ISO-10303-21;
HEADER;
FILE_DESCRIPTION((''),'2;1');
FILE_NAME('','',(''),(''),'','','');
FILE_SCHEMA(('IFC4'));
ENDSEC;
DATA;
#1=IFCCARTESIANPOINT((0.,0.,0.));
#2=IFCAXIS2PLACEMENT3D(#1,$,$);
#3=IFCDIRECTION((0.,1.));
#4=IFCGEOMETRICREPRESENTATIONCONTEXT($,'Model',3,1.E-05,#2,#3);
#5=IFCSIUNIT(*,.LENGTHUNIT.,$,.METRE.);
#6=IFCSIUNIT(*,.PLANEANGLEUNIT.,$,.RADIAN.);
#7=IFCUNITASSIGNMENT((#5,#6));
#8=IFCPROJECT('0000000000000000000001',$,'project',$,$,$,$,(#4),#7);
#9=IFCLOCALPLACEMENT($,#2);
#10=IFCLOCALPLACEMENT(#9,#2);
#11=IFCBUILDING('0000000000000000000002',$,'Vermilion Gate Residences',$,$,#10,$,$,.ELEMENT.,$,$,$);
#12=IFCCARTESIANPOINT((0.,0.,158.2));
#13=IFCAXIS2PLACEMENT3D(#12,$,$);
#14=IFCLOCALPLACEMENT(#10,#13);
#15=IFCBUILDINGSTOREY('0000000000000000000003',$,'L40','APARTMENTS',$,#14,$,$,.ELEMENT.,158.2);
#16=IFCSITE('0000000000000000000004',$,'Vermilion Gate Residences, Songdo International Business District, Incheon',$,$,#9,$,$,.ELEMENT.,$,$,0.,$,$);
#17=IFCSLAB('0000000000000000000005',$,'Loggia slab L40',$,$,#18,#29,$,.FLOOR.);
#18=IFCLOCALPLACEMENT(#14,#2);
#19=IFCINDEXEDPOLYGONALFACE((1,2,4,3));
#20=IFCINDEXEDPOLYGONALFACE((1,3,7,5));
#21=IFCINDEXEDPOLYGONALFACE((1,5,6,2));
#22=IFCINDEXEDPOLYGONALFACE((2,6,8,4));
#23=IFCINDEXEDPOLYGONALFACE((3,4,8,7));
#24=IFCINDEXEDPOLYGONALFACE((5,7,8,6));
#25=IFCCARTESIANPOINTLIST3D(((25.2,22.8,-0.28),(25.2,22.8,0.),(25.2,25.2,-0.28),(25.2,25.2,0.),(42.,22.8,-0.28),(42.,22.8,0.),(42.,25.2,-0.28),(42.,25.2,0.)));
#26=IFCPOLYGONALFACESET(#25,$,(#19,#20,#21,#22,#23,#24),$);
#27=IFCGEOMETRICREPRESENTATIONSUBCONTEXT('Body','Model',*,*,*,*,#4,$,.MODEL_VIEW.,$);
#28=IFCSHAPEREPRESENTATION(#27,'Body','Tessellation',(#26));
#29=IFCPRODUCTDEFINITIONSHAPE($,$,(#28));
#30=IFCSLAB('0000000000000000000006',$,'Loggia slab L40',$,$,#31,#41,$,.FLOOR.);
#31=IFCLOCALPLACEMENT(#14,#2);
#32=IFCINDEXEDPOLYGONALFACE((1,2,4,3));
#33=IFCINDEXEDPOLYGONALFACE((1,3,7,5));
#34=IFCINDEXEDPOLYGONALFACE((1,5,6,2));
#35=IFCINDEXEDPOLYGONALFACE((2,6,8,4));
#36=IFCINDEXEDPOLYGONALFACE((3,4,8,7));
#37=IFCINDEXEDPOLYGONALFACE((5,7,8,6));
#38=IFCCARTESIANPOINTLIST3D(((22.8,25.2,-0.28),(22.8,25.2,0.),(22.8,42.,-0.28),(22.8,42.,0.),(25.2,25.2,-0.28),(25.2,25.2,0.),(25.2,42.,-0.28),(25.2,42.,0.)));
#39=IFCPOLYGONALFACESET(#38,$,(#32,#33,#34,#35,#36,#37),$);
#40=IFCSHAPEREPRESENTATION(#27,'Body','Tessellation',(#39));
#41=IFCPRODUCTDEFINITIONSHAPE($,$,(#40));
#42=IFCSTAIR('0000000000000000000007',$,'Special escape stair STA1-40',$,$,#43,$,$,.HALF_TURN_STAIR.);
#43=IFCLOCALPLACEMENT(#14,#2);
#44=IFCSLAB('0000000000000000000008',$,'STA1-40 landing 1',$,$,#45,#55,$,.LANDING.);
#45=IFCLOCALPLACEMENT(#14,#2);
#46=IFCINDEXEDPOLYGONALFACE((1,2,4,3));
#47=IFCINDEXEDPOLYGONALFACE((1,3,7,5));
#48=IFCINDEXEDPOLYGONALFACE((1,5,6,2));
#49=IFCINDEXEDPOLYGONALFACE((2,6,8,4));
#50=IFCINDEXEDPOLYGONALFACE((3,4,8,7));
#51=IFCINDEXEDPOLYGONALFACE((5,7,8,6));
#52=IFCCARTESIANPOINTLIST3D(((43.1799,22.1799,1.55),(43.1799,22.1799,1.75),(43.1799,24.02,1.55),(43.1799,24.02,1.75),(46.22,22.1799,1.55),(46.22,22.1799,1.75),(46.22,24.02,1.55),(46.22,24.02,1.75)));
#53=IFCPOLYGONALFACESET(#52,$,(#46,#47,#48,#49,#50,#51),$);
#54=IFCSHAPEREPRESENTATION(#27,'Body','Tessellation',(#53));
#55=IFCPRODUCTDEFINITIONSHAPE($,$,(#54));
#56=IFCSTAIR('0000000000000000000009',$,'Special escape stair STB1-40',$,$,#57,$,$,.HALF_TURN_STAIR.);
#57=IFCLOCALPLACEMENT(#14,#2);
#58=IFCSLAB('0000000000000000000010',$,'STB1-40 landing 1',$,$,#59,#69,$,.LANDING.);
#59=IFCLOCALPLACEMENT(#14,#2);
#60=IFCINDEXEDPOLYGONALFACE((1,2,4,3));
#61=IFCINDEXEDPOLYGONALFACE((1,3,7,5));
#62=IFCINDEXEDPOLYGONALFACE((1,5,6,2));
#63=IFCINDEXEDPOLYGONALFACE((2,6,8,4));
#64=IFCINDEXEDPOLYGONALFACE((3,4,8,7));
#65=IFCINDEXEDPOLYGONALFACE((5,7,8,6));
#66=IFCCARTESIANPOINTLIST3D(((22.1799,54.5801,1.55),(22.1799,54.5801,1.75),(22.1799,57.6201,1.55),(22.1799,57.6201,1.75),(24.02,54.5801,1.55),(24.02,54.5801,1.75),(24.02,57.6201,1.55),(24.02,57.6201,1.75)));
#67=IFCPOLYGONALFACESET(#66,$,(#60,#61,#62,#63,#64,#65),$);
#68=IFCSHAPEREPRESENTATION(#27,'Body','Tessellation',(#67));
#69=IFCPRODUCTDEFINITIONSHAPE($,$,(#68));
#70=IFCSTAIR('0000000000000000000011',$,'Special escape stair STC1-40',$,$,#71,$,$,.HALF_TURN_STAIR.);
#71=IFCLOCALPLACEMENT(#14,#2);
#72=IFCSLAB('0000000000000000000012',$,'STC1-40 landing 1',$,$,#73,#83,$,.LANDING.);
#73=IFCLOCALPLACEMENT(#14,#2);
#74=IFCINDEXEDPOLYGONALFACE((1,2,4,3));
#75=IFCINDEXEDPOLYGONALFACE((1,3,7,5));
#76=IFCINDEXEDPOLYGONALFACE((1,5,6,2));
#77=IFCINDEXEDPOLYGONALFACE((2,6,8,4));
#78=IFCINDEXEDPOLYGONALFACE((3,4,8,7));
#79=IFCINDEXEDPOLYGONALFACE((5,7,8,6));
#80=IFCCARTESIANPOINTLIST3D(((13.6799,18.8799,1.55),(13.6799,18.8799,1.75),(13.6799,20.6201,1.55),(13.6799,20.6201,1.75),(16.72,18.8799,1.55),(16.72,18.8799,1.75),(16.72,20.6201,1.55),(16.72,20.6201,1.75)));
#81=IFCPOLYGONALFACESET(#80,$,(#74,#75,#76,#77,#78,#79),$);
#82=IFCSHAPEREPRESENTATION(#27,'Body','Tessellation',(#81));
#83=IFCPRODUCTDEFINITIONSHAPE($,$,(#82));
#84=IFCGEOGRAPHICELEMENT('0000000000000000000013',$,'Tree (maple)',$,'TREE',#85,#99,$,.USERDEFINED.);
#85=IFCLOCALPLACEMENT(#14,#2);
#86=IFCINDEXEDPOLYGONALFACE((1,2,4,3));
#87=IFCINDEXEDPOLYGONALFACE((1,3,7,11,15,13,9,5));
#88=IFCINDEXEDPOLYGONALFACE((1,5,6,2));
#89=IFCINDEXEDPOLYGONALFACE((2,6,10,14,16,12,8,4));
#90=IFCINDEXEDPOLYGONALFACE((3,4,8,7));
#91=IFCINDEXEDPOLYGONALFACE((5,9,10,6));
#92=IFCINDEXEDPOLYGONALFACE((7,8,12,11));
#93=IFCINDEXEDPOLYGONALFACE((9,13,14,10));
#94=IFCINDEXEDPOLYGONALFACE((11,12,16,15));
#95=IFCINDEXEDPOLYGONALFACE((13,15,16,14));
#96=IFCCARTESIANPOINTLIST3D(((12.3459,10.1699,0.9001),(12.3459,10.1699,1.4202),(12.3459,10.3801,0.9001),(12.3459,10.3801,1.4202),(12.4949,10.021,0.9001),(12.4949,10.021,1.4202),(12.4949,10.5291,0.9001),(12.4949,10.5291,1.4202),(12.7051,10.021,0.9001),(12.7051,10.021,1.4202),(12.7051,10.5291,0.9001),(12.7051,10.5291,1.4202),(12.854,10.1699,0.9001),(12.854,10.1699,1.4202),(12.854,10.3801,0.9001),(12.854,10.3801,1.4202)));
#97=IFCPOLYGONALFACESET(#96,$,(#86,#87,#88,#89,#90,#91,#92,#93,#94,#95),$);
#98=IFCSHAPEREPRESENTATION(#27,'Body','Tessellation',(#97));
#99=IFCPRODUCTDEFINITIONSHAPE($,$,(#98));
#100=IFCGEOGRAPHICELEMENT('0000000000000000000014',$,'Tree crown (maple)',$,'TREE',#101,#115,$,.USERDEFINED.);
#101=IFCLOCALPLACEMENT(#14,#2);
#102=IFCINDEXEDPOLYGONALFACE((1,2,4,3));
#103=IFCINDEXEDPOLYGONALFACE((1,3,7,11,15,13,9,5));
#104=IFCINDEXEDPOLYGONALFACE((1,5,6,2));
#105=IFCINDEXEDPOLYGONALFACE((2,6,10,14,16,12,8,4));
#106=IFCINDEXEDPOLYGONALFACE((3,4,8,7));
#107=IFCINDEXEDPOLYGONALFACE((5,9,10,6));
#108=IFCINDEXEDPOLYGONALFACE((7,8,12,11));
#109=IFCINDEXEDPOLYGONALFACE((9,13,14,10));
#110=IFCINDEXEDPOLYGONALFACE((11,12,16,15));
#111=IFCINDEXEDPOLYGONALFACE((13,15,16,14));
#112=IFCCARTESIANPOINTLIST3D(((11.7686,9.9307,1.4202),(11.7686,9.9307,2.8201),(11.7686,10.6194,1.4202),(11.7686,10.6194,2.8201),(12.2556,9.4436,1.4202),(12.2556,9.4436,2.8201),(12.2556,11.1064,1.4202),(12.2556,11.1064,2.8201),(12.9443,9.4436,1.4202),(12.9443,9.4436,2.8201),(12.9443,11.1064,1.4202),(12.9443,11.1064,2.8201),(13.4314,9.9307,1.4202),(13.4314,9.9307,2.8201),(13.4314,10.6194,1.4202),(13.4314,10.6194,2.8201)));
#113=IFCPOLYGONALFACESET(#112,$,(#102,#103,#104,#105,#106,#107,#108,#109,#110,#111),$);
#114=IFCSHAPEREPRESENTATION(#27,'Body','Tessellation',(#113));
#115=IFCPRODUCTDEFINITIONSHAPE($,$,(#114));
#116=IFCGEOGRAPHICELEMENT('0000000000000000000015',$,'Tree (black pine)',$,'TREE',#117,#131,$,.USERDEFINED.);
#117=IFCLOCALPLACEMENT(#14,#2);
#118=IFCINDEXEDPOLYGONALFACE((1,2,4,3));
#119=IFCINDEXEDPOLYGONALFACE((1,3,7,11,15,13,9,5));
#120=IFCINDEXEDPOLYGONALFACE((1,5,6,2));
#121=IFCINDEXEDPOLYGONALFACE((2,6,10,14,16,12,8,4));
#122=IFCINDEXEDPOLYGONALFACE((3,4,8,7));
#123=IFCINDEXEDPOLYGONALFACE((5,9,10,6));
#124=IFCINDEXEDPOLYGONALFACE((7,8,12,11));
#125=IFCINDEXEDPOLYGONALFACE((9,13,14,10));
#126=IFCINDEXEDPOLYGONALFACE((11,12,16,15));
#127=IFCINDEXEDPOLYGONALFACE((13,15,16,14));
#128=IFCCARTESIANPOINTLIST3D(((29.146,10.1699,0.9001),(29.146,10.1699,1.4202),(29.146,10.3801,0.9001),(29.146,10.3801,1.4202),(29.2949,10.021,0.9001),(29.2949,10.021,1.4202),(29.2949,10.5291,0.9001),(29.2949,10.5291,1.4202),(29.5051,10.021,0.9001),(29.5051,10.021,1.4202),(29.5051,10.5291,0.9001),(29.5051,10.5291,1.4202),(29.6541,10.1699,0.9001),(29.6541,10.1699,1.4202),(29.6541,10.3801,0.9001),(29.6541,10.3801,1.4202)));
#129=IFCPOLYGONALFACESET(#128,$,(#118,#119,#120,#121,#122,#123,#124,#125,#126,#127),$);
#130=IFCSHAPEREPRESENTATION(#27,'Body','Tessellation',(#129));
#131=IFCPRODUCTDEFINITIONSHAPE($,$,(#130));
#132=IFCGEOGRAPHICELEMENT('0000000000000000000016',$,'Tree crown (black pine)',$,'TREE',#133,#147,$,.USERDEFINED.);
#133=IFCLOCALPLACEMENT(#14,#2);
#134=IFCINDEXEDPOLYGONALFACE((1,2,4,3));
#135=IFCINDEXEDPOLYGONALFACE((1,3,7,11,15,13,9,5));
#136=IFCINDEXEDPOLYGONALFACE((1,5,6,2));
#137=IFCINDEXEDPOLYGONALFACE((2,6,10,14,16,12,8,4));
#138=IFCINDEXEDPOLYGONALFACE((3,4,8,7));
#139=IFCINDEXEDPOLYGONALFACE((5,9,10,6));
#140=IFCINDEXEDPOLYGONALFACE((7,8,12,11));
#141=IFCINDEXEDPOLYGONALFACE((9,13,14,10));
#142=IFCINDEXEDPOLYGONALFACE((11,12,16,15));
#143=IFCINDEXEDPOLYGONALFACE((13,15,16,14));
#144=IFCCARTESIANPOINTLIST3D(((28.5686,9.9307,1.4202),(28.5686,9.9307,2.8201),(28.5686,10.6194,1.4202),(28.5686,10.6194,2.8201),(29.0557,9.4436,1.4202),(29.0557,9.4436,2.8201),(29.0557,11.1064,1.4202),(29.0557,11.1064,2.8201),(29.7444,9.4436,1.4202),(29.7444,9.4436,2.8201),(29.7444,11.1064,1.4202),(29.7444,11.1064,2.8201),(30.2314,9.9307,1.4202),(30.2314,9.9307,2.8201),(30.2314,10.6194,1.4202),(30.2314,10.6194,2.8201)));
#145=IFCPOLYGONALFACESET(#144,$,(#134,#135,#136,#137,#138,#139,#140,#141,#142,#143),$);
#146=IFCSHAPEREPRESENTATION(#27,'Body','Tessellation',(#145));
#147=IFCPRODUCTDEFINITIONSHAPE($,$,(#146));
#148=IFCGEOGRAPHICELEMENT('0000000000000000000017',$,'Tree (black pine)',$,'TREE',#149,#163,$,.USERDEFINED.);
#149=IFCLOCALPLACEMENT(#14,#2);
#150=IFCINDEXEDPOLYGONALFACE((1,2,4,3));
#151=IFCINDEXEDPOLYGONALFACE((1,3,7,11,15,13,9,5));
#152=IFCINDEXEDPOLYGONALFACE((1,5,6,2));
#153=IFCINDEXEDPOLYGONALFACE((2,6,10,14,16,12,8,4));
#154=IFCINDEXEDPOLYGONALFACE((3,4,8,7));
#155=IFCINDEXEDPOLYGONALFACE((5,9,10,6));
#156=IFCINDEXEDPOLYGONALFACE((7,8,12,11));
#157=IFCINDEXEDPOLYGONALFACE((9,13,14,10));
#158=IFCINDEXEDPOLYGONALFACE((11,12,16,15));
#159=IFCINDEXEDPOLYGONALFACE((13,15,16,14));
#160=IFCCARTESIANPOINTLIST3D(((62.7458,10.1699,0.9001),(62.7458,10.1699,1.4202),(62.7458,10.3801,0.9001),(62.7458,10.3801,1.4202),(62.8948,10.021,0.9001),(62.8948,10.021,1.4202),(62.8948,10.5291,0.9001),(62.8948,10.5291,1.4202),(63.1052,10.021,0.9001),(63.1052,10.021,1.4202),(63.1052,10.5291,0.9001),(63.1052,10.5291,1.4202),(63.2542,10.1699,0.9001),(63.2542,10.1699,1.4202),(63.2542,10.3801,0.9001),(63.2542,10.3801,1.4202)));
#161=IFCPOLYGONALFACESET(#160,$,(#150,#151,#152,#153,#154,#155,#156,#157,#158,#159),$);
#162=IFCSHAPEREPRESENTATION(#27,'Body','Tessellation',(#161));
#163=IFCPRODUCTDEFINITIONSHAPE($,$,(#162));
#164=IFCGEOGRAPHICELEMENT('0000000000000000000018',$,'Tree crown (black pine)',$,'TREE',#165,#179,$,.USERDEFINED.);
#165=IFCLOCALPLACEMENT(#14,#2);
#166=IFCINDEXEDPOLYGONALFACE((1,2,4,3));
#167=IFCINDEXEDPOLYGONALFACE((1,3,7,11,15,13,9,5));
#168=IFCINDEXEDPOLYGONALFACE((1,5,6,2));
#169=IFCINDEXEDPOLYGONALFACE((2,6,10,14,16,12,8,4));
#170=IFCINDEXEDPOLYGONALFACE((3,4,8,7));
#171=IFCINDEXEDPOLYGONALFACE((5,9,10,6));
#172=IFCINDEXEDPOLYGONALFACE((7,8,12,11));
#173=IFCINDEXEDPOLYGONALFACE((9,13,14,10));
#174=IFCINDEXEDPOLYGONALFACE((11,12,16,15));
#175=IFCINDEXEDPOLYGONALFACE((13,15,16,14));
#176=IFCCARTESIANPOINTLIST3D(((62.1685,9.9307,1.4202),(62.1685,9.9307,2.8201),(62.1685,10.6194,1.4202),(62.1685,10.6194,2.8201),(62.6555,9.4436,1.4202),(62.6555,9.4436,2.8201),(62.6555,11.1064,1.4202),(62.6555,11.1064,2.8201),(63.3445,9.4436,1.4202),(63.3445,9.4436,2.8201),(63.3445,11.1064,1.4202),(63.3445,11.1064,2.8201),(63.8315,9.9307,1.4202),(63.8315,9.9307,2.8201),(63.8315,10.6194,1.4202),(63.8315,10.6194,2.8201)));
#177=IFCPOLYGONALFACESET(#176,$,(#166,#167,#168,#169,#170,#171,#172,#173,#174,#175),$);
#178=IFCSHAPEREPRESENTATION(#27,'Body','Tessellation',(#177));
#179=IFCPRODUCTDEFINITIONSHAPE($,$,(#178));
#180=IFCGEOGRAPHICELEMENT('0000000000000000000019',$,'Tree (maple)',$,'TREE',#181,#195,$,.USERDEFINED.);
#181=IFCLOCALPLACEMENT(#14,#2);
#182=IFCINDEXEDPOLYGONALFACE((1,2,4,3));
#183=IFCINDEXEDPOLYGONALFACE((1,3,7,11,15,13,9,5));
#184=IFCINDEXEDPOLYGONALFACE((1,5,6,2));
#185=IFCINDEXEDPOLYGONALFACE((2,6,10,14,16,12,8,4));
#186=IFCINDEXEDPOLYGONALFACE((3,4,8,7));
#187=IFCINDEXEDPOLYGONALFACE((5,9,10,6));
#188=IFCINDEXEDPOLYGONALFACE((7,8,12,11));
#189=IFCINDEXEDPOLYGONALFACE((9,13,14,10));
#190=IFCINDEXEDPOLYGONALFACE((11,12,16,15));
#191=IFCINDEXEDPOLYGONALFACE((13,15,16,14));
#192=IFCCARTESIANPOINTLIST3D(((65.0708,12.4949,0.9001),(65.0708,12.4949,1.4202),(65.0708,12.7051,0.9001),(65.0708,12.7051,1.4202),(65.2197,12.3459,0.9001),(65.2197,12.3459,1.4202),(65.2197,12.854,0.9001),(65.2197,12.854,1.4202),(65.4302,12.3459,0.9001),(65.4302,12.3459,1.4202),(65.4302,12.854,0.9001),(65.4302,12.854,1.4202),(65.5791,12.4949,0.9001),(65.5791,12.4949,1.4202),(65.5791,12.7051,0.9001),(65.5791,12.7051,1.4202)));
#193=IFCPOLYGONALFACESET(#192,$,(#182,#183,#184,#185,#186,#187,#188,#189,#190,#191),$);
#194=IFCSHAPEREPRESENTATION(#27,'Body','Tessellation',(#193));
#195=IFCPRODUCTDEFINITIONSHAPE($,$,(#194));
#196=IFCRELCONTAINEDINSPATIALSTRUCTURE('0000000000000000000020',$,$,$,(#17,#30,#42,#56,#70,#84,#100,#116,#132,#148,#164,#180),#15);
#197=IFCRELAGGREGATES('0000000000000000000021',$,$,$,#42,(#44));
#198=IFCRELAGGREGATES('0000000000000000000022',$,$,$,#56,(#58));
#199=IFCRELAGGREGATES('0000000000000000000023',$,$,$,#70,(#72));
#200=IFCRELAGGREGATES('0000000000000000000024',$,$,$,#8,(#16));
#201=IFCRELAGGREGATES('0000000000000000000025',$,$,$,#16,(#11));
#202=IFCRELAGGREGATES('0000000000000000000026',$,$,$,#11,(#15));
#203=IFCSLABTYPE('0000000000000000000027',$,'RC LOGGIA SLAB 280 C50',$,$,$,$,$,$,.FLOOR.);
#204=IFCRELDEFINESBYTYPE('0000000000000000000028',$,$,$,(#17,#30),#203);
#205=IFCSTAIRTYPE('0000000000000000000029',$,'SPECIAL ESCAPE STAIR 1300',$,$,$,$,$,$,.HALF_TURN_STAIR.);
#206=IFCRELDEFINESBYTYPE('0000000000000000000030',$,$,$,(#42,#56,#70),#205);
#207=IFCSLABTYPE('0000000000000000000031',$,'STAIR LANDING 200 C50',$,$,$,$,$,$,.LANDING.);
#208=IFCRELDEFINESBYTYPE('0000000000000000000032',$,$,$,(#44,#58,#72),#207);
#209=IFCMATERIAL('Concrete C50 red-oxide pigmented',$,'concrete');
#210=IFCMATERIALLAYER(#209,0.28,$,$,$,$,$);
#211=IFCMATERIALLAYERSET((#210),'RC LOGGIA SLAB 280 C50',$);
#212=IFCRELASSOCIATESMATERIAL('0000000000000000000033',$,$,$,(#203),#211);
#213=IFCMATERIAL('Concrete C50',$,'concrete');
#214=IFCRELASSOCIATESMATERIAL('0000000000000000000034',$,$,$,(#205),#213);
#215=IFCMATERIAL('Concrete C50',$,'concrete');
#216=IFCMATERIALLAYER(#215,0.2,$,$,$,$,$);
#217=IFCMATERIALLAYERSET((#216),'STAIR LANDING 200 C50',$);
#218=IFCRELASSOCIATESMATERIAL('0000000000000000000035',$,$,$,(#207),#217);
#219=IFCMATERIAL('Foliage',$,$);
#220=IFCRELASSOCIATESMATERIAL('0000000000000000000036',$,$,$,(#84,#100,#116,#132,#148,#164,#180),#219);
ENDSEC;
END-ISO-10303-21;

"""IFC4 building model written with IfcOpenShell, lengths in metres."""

from ifc_helpers import new_model, si_unit, direction, frame, origin, place, context, subcontext, project, spatial, polyline, outline, extrude, material, layer, layer_set, type_object, element, aggregate, save


model = new_model("IFC4")

# Units and contexts
model_context = context("Model", 3, precision=1e-05, world=origin(), true_north=direction((0.0, 1.0)))
body_context = subcontext(model_context, "Body", "Model", "MODEL_VIEW")
ifc_project = project(units=[si_unit("LENGTHUNIT", "METRE"), si_unit("PLANEANGLEUNIT", "RADIAN")], contexts=[model_context])

# Site, building, storey
site_placement = place(None, origin())
site = spatial("IfcSite", under=ifc_project, at=site_placement, Name="Vermilion Gate Residences, Songdo International Business District, Incheon", CompositionType="ELEMENT", RefElevation=0.0)
building_placement = place(site_placement, origin())
building = spatial("IfcBuilding", under=site, at=building_placement, Name="Vermilion Gate Residences", CompositionType="ELEMENT")
storey_placement = place(building_placement, frame((0.0, 0.0, 158.2)))
storey = spatial("IfcBuildingStorey", under=building, at=storey_placement, Name="L40", Description="APARTMENTS", CompositionType="ELEMENT", Elevation=158.2)

# Slabs
ifc_material_1 = material(Name="Concrete C50 red-oxide pigmented", Category="concrete")
ifc_layer_1 = layer(ifc_material_1, 0.28)
ifc_layer_set_1 = layer_set([ifc_layer_1], Name="RC LOGGIA SLAB 280 C50")
slab_type_1 = type_object("IfcSlabType", Name="RC LOGGIA SLAB 280 C50", PredefinedType="FLOOR", material=ifc_layer_set_1)
slab_1_placement = place(storey_placement, frame((0.0, 0.0, -0.28)))
element("IfcSlab", 1, at=slab_1_placement, inside=storey, type_object=slab_type_1, Name="Loggia slab L40", PredefinedType="FLOOR", context=body_context, shape_type="SweptSolid", body=[
    extrude(outline(polyline([(42.0, 25.2), (25.2, 25.2), (25.2, 22.8), (42.0, 22.8), (42.0, 25.2)])), origin(), (0.0, 0.0, 1.0), 0.28),
])
slab_2_placement = place(storey_placement, frame((0.0, 0.0, -0.28)))
element("IfcSlab", 2, at=slab_2_placement, inside=storey, type_object=slab_type_1, Name="Loggia slab L40", PredefinedType="FLOOR", context=body_context, shape_type="SweptSolid", body=[
    extrude(outline(polyline([(22.8, 42.0), (22.8, 25.2), (25.2, 25.2), (25.2, 42.0), (22.8, 42.0)])), origin(), (0.0, 0.0, 1.0), 0.28),
])

# Stairs, slabs
ifc_material_2 = material(Name="Concrete C50", Category="concrete")
stair_type = type_object("IfcStairType", Name="SPECIAL ESCAPE STAIR 1300", PredefinedType="HALF_TURN_STAIR", material=ifc_material_2)
stair_1_placement = place(storey_placement, origin())
stair_1 = element("IfcStair", 3, at=stair_1_placement, inside=storey, type_object=stair_type, Name="Special escape stair STA1-40", PredefinedType="HALF_TURN_STAIR")
ifc_material_3 = material(Name="Concrete C50", Category="concrete")
ifc_layer_2 = layer(ifc_material_3, 0.2)
ifc_layer_set_2 = layer_set([ifc_layer_2], Name="STAIR LANDING 200 C50")
slab_type_2 = type_object("IfcSlabType", Name="STAIR LANDING 200 C50", PredefinedType="LANDING", material=ifc_layer_set_2)
slab_3_placement = place(storey_placement, frame((0.0, 0.0, 1.55)))
slab_3 = element("IfcSlab", 4, at=slab_3_placement, type_object=slab_type_2, Name="STA1-40 landing 1", PredefinedType="LANDING", context=body_context, shape_type="SweptSolid", body=[
    extrude(outline(polyline([(46.22, 22.1799), (46.22, 24.02), (43.1799, 24.02), (43.1799, 22.1799), (46.22, 22.1799)])), origin(), (0.0, 0.0, 1.0), 0.2),
])
aggregate(stair_1, [slab_3])
stair_2_placement = place(storey_placement, origin())
stair_2 = element("IfcStair", 5, at=stair_2_placement, inside=storey, type_object=stair_type, Name="Special escape stair STB1-40", PredefinedType="HALF_TURN_STAIR")
slab_4_placement = place(storey_placement, frame((0.0, 0.0, 1.55)))
slab_4 = element("IfcSlab", 6, at=slab_4_placement, type_object=slab_type_2, Name="STB1-40 landing 1", PredefinedType="LANDING", context=body_context, shape_type="SweptSolid", body=[
    extrude(outline(polyline([(24.02, 54.5801), (24.02, 57.6201), (22.1799, 57.6201), (22.1799, 54.5801), (24.02, 54.5801)])), origin(), (0.0, 0.0, 1.0), 0.2),
])
aggregate(stair_2, [slab_4])
stair_3_placement = place(storey_placement, origin())
stair_3 = element("IfcStair", 7, at=stair_3_placement, inside=storey, type_object=stair_type, Name="Special escape stair STC1-40", PredefinedType="HALF_TURN_STAIR")
slab_5_placement = place(storey_placement, frame((0.0, 0.0, 1.55)))
slab_5 = element("IfcSlab", 8, at=slab_5_placement, type_object=slab_type_2, Name="STC1-40 landing 1", PredefinedType="LANDING", context=body_context, shape_type="SweptSolid", body=[
    extrude(outline(polyline([(16.72, 18.8799), (16.72, 20.6201), (13.6799, 20.6201), (13.6799, 18.8799), (16.72, 18.8799)])), origin(), (0.0, 0.0, 1.0), 0.2),
])
aggregate(stair_3, [slab_5])

# Geographic elements
ifc_material_4 = material(Name="Foliage")
geographic_element_1_placement = place(storey_placement, frame((0.0, 0.0, 0.9001)))
element("IfcGeographicElement", 9, at=geographic_element_1_placement, inside=storey, material=ifc_material_4, Name="Tree (maple)", ObjectType="TREE", PredefinedType="USERDEFINED", context=body_context, shape_type="SweptSolid", body=[
    extrude(outline(polyline([(12.854, 10.3801), (12.7051, 10.5291), (12.4949, 10.5291), (12.3459, 10.3801), (12.3459, 10.1699), (12.4949, 10.021), (12.7051, 10.021), (12.854, 10.1699), (12.854, 10.3801)])), origin(), (0.0, 0.0, 1.0), 0.52),
])
geographic_element_2_placement = place(storey_placement, frame((0.0, 0.0, 1.4202)))
element("IfcGeographicElement", 10, at=geographic_element_2_placement, inside=storey, material=ifc_material_4, Name="Tree crown (maple)", ObjectType="TREE", PredefinedType="USERDEFINED", context=body_context, shape_type="SweptSolid", body=[
    extrude(outline(polyline([(13.4314, 10.6194), (12.9443, 11.1064), (12.2556, 11.1064), (11.7686, 10.6194), (11.7686, 9.9307), (12.2556, 9.4436), (12.9443, 9.4436), (13.4314, 9.9307), (13.4314, 10.6194)])), origin(), (0.0, 0.0, 1.0), 1.3999),
])
geographic_element_3_placement = place(storey_placement, frame((0.0, 0.0, 0.9001)))
element("IfcGeographicElement", 11, at=geographic_element_3_placement, inside=storey, material=ifc_material_4, Name="Tree (black pine)", ObjectType="TREE", PredefinedType="USERDEFINED", context=body_context, shape_type="SweptSolid", body=[
    extrude(outline(polyline([(29.6541, 10.3801), (29.5051, 10.5291), (29.2949, 10.5291), (29.146, 10.3801), (29.146, 10.1699), (29.2949, 10.021), (29.5051, 10.021), (29.6541, 10.1699), (29.6541, 10.3801)])), origin(), (0.0, 0.0, 1.0), 0.52),
])
geographic_element_4_placement = place(storey_placement, frame((0.0, 0.0, 1.4202)))
element("IfcGeographicElement", 12, at=geographic_element_4_placement, inside=storey, material=ifc_material_4, Name="Tree crown (black pine)", ObjectType="TREE", PredefinedType="USERDEFINED", context=body_context, shape_type="SweptSolid", body=[
    extrude(outline(polyline([(30.2314, 10.6194), (29.7444, 11.1064), (29.0557, 11.1064), (28.5686, 10.6194), (28.5686, 9.9307), (29.0557, 9.4436), (29.7444, 9.4436), (30.2314, 9.9307), (30.2314, 10.6194)])), origin(), (0.0, 0.0, 1.0), 1.3999),
])
geographic_element_5_placement = place(storey_placement, frame((0.0, 0.0, 0.9001)))
element("IfcGeographicElement", 13, at=geographic_element_5_placement, inside=storey, material=ifc_material_4, Name="Tree (black pine)", ObjectType="TREE", PredefinedType="USERDEFINED", context=body_context, shape_type="SweptSolid", body=[
    extrude(outline(polyline([(63.2542, 10.3801), (63.1052, 10.5291), (62.8948, 10.5291), (62.7458, 10.3801), (62.7458, 10.1699), (62.8948, 10.021), (63.1052, 10.021), (63.2542, 10.1699), (63.2542, 10.3801)])), origin(), (0.0, 0.0, 1.0), 0.52),
])
geographic_element_6_placement = place(storey_placement, frame((0.0, 0.0, 1.4202)))
element("IfcGeographicElement", 14, at=geographic_element_6_placement, inside=storey, material=ifc_material_4, Name="Tree crown (black pine)", ObjectType="TREE", PredefinedType="USERDEFINED", context=body_context, shape_type="SweptSolid", body=[
    extrude(outline(polyline([(63.8315, 10.6194), (63.3445, 11.1064), (62.6555, 11.1064), (62.1685, 10.6194), (62.1685, 9.9307), (62.6555, 9.4436), (63.3445, 9.4436), (63.8315, 9.9307), (63.8315, 10.6194)])), origin(), (0.0, 0.0, 1.0), 1.3999),
])
geographic_element_7_placement = place(storey_placement, frame((0.0, 0.0, 0.9001)))
element("IfcGeographicElement", 15, at=geographic_element_7_placement, inside=storey, material=ifc_material_4, Name="Tree (maple)", ObjectType="TREE", PredefinedType="USERDEFINED", context=body_context, shape_type="SweptSolid", body=[
    extrude(outline(polyline([(65.5791, 12.7051), (65.4302, 12.854), (65.2197, 12.854), (65.0708, 12.7051), (65.0708, 12.4949), (65.2197, 12.3459), (65.4302, 12.3459), (65.5791, 12.4949), (65.5791, 12.7051)])), origin(), (0.0, 0.0, 1.0), 0.52),
])

save(model, "model.ifc")
